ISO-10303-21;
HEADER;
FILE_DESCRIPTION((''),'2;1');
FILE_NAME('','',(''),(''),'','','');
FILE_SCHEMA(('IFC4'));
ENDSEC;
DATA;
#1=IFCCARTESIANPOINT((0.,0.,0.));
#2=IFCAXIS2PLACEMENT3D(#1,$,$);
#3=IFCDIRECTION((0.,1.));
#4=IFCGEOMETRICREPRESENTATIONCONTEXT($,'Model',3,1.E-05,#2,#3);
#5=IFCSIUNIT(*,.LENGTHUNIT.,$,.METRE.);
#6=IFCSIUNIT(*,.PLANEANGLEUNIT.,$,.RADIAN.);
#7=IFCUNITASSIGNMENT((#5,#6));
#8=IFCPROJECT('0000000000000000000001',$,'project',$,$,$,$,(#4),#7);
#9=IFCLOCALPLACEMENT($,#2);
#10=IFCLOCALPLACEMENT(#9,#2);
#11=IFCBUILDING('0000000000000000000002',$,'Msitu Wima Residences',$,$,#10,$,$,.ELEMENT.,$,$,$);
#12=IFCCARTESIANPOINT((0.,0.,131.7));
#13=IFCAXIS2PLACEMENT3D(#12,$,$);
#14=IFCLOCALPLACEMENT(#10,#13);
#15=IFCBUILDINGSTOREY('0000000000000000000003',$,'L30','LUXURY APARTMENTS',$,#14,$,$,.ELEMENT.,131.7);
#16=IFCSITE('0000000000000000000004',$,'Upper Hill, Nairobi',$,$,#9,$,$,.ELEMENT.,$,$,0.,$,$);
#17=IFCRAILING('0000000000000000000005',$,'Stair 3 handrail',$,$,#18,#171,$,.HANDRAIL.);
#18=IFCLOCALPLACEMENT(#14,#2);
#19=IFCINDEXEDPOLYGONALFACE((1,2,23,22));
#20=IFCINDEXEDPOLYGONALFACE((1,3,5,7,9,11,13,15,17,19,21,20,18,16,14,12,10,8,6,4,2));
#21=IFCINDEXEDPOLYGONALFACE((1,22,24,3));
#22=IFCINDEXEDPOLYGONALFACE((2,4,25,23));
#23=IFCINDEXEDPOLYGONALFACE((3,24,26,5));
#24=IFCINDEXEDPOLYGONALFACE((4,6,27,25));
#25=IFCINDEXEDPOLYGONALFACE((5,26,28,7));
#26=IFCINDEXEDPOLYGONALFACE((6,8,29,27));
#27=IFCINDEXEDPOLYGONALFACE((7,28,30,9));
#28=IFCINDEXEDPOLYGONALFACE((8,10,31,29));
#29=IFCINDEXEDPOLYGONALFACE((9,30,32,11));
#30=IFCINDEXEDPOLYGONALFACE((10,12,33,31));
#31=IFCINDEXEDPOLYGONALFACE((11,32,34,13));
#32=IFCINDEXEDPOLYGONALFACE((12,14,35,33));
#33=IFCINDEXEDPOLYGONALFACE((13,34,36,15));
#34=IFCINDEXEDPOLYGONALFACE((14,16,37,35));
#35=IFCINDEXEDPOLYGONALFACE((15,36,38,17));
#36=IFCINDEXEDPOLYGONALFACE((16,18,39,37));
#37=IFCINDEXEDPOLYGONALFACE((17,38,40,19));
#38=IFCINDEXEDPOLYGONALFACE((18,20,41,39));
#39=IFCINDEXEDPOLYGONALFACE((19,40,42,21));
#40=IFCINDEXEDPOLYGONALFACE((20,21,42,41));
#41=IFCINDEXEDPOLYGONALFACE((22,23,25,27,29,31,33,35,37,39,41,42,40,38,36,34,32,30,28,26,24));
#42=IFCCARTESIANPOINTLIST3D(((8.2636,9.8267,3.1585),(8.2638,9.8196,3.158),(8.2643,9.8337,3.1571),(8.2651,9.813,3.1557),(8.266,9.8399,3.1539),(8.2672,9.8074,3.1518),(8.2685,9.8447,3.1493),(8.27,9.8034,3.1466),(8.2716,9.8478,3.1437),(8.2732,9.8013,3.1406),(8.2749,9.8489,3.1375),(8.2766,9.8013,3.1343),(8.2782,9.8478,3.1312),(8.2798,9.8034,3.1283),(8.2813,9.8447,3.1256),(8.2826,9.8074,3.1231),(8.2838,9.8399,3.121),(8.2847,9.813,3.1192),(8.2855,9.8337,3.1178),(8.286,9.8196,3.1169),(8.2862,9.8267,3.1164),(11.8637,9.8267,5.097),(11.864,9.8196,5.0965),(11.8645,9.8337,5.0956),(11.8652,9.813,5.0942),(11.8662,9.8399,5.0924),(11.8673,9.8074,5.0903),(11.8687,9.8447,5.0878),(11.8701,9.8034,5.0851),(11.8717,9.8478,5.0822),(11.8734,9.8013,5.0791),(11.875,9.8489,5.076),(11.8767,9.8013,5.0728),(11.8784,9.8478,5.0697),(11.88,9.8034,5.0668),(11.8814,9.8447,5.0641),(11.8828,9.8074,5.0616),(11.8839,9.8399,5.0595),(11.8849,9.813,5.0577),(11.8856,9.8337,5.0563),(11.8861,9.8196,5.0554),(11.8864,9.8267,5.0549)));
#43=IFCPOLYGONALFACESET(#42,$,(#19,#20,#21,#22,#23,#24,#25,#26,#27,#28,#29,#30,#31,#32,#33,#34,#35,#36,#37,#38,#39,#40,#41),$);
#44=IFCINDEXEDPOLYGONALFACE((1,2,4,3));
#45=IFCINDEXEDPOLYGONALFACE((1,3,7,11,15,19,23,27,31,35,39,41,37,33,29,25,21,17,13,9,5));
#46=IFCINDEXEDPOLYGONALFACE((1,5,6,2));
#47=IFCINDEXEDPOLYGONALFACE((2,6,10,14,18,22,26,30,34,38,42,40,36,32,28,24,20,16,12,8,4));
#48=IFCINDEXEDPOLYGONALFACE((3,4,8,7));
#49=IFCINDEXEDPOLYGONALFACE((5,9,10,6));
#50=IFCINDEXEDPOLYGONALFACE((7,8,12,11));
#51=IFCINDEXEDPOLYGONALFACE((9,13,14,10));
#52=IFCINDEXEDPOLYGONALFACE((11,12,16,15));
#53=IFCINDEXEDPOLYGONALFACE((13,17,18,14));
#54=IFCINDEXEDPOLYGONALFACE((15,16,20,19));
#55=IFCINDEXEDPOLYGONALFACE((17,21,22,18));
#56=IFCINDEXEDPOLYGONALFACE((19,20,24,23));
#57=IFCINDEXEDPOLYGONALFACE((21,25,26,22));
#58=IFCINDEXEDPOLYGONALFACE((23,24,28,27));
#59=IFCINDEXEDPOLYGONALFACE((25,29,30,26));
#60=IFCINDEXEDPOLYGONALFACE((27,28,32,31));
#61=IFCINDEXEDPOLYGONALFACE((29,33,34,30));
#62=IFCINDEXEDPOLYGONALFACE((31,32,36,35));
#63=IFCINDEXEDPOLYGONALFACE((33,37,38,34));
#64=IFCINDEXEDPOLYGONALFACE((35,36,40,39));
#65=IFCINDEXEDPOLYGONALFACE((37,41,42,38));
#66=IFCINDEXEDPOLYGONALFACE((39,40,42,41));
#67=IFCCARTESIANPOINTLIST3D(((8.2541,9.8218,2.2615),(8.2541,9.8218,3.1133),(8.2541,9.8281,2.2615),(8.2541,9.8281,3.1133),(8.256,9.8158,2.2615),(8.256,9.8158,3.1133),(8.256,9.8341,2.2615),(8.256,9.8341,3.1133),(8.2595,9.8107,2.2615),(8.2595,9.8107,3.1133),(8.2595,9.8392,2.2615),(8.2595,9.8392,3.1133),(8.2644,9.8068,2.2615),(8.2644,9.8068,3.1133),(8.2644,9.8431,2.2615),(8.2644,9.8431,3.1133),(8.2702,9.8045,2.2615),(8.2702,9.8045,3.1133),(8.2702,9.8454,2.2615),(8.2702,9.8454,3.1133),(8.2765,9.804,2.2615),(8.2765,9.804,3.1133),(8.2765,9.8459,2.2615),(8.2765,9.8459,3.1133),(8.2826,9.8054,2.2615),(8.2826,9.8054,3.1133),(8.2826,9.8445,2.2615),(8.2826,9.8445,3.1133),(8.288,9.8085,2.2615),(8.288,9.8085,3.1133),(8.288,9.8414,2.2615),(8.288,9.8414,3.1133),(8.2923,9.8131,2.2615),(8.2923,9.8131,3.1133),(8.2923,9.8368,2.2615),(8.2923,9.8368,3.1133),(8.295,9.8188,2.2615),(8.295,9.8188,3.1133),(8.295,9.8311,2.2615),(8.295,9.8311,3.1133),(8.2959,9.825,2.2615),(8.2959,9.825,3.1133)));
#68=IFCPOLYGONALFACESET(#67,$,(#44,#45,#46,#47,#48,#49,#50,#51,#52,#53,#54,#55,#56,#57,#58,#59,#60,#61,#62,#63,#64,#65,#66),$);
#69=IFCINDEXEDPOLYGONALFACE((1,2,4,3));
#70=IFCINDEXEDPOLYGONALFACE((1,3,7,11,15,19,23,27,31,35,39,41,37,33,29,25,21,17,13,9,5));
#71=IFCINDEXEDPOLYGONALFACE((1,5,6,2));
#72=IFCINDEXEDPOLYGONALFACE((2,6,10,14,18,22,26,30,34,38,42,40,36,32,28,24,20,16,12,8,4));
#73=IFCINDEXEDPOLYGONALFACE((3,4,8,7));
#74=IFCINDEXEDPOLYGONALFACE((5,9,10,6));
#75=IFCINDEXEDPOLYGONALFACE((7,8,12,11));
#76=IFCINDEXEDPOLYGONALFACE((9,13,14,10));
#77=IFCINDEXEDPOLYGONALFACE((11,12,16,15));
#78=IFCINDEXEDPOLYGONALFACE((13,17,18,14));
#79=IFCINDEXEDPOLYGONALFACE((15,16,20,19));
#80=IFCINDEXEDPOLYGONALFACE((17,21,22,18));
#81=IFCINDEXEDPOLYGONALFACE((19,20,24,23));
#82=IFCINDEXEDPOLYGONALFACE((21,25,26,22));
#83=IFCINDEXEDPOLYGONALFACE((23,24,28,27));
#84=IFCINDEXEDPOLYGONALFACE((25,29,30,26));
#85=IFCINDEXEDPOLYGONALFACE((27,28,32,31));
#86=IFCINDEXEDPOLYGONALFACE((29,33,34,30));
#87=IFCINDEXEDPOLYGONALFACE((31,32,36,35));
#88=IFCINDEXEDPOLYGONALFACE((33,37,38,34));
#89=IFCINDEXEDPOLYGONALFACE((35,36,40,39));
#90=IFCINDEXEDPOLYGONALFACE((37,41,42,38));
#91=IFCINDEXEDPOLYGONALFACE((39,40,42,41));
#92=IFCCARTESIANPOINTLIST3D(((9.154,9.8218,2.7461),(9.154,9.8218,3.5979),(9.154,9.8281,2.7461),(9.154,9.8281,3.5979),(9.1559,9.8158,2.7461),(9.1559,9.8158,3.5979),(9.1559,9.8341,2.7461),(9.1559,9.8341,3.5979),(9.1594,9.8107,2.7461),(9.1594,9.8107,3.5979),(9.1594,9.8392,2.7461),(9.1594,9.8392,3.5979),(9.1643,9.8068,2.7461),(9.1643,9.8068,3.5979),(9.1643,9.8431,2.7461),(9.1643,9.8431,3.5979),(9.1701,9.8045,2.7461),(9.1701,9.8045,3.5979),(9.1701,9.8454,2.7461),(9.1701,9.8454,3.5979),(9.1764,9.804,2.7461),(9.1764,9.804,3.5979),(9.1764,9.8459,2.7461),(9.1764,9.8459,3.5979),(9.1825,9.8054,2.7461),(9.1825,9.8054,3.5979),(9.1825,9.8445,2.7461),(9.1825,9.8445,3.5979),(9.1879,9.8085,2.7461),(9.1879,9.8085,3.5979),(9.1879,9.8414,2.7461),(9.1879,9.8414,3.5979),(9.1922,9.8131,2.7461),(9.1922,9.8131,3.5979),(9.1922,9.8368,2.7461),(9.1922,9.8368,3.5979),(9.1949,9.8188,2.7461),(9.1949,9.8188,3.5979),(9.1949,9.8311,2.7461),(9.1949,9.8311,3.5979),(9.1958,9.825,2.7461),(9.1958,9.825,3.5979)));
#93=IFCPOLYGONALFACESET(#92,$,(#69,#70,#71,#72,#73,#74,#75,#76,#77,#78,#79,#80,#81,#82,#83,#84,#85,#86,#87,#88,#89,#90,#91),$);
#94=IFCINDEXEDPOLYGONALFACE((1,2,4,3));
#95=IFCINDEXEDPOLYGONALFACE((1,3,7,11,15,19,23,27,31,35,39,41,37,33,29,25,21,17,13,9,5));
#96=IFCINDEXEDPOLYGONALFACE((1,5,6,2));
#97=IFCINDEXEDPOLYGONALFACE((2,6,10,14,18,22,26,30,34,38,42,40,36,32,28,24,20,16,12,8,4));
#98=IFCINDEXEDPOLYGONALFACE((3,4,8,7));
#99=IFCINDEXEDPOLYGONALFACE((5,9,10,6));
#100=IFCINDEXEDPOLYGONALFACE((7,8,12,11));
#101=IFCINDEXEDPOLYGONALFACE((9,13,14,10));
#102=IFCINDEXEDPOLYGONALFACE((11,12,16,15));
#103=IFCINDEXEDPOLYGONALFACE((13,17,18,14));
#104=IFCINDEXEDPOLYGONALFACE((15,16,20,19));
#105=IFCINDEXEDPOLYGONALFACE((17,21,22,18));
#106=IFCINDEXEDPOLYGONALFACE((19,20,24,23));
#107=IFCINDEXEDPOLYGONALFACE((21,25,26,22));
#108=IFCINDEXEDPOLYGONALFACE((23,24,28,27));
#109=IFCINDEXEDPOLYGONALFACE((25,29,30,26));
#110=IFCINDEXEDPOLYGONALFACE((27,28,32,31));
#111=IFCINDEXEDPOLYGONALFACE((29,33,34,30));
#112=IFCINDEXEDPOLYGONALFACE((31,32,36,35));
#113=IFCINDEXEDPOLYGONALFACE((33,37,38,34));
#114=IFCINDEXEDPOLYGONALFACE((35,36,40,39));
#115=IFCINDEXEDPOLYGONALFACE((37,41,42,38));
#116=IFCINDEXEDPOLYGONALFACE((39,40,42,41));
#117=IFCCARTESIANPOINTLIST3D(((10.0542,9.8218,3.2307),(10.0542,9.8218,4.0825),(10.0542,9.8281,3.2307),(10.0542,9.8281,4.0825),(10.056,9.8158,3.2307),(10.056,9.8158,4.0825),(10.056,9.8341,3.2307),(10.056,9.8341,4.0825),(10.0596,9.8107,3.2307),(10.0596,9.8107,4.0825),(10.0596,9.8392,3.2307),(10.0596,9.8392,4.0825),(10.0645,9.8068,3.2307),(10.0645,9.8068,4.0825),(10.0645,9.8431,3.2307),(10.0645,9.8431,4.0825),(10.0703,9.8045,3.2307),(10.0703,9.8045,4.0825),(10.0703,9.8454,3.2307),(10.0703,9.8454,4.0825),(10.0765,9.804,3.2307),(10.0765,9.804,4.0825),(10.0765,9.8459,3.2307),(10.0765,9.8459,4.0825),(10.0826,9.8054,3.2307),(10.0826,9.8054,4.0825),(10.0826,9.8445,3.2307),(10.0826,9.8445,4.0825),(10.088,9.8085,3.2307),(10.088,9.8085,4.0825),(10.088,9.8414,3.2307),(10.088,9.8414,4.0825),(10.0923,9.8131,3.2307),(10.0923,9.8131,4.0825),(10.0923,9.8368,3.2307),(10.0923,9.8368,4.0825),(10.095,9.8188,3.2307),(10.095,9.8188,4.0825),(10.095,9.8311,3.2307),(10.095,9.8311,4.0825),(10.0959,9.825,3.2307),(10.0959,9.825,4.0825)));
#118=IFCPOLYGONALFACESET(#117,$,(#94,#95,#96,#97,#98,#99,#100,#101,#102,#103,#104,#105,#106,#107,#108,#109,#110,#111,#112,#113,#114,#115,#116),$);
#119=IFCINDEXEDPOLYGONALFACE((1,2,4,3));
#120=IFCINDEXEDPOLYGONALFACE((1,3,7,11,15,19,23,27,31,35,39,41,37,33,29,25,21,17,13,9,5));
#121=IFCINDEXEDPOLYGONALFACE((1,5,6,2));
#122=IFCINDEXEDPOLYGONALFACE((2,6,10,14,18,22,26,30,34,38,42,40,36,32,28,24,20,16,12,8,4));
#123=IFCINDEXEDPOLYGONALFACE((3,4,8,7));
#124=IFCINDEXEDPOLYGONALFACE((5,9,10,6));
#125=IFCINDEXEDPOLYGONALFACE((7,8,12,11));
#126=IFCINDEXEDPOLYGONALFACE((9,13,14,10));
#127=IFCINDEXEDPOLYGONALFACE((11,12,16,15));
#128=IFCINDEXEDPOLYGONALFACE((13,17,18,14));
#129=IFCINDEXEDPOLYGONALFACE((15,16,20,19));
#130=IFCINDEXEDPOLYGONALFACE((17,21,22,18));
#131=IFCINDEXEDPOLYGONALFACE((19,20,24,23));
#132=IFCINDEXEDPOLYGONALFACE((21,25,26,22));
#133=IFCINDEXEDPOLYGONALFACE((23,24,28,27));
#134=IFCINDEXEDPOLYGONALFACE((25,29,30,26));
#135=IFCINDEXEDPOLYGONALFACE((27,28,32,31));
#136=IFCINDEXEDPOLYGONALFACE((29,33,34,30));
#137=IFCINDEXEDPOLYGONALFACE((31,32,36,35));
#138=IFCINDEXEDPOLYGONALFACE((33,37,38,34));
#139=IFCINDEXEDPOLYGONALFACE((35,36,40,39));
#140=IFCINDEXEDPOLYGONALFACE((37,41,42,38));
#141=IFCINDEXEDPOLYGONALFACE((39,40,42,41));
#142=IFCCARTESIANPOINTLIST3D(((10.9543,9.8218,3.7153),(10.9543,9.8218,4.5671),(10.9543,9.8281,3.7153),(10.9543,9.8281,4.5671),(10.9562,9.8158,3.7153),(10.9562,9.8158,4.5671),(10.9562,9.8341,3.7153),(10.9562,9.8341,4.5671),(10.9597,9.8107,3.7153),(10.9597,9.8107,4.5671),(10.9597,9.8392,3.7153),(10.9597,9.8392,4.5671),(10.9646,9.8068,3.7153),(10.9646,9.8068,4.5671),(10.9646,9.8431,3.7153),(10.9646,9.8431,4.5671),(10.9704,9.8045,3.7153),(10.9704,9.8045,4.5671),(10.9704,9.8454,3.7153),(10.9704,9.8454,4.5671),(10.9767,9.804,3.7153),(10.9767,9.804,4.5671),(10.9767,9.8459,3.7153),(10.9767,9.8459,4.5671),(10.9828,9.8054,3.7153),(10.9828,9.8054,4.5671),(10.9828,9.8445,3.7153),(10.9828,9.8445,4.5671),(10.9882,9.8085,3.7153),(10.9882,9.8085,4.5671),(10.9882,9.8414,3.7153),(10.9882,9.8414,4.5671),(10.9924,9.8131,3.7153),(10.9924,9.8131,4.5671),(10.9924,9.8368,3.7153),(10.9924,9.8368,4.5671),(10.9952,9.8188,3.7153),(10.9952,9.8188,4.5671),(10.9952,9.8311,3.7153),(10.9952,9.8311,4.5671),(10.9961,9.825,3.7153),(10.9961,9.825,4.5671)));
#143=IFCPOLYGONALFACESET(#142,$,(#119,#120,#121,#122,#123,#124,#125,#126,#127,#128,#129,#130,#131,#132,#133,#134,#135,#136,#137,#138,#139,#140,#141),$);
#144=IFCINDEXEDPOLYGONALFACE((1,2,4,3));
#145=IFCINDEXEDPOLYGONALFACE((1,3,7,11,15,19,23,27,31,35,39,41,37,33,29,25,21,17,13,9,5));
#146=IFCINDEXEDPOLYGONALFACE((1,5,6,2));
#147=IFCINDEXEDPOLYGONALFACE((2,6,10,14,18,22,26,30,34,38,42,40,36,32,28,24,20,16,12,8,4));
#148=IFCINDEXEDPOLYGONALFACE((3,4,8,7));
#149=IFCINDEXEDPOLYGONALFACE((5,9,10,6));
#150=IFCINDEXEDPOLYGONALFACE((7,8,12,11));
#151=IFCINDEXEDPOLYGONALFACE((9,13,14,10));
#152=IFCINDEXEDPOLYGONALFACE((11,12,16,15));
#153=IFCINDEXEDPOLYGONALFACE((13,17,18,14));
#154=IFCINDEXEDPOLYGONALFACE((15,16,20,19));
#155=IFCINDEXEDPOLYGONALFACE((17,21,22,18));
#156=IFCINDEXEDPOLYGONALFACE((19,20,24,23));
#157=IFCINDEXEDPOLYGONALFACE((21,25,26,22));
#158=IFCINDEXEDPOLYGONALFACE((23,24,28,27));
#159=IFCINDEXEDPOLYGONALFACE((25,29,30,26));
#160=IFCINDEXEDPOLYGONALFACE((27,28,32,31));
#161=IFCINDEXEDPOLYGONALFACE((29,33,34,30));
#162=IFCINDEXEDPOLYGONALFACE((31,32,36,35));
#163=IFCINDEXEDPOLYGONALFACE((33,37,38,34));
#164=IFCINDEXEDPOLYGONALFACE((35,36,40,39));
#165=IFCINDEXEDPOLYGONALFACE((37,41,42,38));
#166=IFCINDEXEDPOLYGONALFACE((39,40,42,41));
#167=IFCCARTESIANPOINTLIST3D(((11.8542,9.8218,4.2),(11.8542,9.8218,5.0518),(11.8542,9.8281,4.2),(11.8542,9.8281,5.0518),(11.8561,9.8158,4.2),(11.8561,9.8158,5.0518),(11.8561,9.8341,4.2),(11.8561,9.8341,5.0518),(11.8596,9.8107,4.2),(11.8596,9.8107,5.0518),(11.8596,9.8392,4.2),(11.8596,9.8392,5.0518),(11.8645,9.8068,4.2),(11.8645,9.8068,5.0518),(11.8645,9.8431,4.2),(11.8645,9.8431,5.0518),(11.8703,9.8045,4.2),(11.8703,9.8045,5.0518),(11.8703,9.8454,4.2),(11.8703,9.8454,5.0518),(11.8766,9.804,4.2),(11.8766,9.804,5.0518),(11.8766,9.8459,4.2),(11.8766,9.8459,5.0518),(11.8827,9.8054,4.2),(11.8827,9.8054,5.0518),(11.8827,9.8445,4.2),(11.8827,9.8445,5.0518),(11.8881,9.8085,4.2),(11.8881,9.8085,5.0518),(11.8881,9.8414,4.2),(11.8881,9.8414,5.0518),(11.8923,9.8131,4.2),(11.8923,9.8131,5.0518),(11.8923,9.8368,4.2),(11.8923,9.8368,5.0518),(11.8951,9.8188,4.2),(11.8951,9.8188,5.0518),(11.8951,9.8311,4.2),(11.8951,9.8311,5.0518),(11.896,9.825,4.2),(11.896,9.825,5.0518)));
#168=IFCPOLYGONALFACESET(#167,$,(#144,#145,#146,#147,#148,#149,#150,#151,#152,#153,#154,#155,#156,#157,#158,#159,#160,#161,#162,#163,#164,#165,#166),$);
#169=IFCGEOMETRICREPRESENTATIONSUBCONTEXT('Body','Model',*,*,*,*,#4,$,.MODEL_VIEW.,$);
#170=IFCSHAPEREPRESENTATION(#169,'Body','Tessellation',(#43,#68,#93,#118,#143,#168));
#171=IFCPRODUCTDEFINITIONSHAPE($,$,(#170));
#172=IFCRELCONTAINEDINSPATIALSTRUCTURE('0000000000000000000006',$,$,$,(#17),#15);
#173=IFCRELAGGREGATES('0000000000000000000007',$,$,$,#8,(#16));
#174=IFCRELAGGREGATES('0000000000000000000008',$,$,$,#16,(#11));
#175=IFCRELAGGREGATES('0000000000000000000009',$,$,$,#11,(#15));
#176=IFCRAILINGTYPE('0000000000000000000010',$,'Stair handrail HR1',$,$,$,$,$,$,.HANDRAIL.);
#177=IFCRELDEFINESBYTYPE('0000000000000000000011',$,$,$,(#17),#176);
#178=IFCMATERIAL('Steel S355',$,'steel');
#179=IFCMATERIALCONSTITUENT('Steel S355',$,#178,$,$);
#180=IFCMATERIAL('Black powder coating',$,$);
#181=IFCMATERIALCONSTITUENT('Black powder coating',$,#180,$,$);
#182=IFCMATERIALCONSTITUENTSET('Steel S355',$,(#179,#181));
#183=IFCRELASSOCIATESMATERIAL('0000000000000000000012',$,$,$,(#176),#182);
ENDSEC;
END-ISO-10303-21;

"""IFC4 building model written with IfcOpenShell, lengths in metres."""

from ifc_helpers import new_model, si_unit, direction, frame, origin, origin_2d, place, context, subcontext, project, spatial, circle, extrude, material, constituent, constituent_set, type_object, element, save


model = new_model("IFC4")

# Units and contexts
model_context = context("Model", 3, precision=1e-05, world=origin(), true_north=direction((0.0, 1.0)))
body_context = subcontext(model_context, "Body", "Model", "MODEL_VIEW")
ifc_project = project(units=[si_unit("LENGTHUNIT", "METRE"), si_unit("PLANEANGLEUNIT", "RADIAN")], contexts=[model_context])

# Site, building, storey
site_placement = place(None, origin())
site = spatial("IfcSite", under=ifc_project, at=site_placement, Name="Upper Hill, Nairobi", CompositionType="ELEMENT", RefElevation=0.0)
building_placement = place(site_placement, origin())
building = spatial("IfcBuilding", under=site, at=building_placement, Name="Msitu Wima Residences", CompositionType="ELEMENT")
storey_placement = place(building_placement, frame((0.0, 0.0, 131.7)))
storey = spatial("IfcBuildingStorey", under=building, at=storey_placement, Name="L30", Description="LUXURY APARTMENTS", CompositionType="ELEMENT", Elevation=131.7)

# Railing
ifc_material_1 = material(Name="Steel S355", Category="steel")
ifc_constituent_1 = constituent(ifc_material_1, Name="Steel S355")
ifc_material_2 = material(Name="Black powder coating")
ifc_constituent_2 = constituent(ifc_material_2, Name="Black powder coating")
ifc_constituent_set = constituent_set(constituents=[ifc_constituent_1, ifc_constituent_2], Name="Steel S355")
railing_type = type_object("IfcRailingType", Name="Stair handrail HR1", PredefinedType="HANDRAIL", material=ifc_constituent_set)
for number, where, name in (
    (1, (8.2749, 9.825, 2.2615), "Stair 3 handrail"),
):
    element("IfcRailing", number, at=place(storey_placement, frame(where)), inside=storey, type_object=railing_type, Name=name, PredefinedType="HANDRAIL", context=body_context, shape_type="SweptSolid", body=[
        extrude(circle(Radius=0.0239, at=origin_2d()), frame((0.0, 0.0, 0.876), z_axis=(0.880475, 0.0, 0.474093), x_axis=(0.0, 1.0, 0.0)), (0.0, 0.0, 1.0), 4.0889),
        extrude(circle(Radius=0.021, at=origin_2d()), origin(), (0.0, 0.0, 1.0), 0.8518),
        extrude(circle(Radius=0.021, at=origin_2d()), frame((0.8999, 0.0, 0.4846)), (0.0, 0.0, 1.0), 0.8518),
        extrude(circle(Radius=0.021, at=origin_2d()), frame((1.8, 0.0, 0.9692)), (0.0, 0.0, 1.0), 0.8518),
        extrude(circle(Radius=0.021, at=origin_2d()), frame((2.7002, 0.0, 1.4539)), (0.0, 0.0, 1.0), 0.8518),
        extrude(circle(Radius=0.021, at=origin_2d()), frame((3.6001, 0.0, 1.9385)), (0.0, 0.0, 1.0), 0.8518),
    ])

save(model, "model.ifc")
